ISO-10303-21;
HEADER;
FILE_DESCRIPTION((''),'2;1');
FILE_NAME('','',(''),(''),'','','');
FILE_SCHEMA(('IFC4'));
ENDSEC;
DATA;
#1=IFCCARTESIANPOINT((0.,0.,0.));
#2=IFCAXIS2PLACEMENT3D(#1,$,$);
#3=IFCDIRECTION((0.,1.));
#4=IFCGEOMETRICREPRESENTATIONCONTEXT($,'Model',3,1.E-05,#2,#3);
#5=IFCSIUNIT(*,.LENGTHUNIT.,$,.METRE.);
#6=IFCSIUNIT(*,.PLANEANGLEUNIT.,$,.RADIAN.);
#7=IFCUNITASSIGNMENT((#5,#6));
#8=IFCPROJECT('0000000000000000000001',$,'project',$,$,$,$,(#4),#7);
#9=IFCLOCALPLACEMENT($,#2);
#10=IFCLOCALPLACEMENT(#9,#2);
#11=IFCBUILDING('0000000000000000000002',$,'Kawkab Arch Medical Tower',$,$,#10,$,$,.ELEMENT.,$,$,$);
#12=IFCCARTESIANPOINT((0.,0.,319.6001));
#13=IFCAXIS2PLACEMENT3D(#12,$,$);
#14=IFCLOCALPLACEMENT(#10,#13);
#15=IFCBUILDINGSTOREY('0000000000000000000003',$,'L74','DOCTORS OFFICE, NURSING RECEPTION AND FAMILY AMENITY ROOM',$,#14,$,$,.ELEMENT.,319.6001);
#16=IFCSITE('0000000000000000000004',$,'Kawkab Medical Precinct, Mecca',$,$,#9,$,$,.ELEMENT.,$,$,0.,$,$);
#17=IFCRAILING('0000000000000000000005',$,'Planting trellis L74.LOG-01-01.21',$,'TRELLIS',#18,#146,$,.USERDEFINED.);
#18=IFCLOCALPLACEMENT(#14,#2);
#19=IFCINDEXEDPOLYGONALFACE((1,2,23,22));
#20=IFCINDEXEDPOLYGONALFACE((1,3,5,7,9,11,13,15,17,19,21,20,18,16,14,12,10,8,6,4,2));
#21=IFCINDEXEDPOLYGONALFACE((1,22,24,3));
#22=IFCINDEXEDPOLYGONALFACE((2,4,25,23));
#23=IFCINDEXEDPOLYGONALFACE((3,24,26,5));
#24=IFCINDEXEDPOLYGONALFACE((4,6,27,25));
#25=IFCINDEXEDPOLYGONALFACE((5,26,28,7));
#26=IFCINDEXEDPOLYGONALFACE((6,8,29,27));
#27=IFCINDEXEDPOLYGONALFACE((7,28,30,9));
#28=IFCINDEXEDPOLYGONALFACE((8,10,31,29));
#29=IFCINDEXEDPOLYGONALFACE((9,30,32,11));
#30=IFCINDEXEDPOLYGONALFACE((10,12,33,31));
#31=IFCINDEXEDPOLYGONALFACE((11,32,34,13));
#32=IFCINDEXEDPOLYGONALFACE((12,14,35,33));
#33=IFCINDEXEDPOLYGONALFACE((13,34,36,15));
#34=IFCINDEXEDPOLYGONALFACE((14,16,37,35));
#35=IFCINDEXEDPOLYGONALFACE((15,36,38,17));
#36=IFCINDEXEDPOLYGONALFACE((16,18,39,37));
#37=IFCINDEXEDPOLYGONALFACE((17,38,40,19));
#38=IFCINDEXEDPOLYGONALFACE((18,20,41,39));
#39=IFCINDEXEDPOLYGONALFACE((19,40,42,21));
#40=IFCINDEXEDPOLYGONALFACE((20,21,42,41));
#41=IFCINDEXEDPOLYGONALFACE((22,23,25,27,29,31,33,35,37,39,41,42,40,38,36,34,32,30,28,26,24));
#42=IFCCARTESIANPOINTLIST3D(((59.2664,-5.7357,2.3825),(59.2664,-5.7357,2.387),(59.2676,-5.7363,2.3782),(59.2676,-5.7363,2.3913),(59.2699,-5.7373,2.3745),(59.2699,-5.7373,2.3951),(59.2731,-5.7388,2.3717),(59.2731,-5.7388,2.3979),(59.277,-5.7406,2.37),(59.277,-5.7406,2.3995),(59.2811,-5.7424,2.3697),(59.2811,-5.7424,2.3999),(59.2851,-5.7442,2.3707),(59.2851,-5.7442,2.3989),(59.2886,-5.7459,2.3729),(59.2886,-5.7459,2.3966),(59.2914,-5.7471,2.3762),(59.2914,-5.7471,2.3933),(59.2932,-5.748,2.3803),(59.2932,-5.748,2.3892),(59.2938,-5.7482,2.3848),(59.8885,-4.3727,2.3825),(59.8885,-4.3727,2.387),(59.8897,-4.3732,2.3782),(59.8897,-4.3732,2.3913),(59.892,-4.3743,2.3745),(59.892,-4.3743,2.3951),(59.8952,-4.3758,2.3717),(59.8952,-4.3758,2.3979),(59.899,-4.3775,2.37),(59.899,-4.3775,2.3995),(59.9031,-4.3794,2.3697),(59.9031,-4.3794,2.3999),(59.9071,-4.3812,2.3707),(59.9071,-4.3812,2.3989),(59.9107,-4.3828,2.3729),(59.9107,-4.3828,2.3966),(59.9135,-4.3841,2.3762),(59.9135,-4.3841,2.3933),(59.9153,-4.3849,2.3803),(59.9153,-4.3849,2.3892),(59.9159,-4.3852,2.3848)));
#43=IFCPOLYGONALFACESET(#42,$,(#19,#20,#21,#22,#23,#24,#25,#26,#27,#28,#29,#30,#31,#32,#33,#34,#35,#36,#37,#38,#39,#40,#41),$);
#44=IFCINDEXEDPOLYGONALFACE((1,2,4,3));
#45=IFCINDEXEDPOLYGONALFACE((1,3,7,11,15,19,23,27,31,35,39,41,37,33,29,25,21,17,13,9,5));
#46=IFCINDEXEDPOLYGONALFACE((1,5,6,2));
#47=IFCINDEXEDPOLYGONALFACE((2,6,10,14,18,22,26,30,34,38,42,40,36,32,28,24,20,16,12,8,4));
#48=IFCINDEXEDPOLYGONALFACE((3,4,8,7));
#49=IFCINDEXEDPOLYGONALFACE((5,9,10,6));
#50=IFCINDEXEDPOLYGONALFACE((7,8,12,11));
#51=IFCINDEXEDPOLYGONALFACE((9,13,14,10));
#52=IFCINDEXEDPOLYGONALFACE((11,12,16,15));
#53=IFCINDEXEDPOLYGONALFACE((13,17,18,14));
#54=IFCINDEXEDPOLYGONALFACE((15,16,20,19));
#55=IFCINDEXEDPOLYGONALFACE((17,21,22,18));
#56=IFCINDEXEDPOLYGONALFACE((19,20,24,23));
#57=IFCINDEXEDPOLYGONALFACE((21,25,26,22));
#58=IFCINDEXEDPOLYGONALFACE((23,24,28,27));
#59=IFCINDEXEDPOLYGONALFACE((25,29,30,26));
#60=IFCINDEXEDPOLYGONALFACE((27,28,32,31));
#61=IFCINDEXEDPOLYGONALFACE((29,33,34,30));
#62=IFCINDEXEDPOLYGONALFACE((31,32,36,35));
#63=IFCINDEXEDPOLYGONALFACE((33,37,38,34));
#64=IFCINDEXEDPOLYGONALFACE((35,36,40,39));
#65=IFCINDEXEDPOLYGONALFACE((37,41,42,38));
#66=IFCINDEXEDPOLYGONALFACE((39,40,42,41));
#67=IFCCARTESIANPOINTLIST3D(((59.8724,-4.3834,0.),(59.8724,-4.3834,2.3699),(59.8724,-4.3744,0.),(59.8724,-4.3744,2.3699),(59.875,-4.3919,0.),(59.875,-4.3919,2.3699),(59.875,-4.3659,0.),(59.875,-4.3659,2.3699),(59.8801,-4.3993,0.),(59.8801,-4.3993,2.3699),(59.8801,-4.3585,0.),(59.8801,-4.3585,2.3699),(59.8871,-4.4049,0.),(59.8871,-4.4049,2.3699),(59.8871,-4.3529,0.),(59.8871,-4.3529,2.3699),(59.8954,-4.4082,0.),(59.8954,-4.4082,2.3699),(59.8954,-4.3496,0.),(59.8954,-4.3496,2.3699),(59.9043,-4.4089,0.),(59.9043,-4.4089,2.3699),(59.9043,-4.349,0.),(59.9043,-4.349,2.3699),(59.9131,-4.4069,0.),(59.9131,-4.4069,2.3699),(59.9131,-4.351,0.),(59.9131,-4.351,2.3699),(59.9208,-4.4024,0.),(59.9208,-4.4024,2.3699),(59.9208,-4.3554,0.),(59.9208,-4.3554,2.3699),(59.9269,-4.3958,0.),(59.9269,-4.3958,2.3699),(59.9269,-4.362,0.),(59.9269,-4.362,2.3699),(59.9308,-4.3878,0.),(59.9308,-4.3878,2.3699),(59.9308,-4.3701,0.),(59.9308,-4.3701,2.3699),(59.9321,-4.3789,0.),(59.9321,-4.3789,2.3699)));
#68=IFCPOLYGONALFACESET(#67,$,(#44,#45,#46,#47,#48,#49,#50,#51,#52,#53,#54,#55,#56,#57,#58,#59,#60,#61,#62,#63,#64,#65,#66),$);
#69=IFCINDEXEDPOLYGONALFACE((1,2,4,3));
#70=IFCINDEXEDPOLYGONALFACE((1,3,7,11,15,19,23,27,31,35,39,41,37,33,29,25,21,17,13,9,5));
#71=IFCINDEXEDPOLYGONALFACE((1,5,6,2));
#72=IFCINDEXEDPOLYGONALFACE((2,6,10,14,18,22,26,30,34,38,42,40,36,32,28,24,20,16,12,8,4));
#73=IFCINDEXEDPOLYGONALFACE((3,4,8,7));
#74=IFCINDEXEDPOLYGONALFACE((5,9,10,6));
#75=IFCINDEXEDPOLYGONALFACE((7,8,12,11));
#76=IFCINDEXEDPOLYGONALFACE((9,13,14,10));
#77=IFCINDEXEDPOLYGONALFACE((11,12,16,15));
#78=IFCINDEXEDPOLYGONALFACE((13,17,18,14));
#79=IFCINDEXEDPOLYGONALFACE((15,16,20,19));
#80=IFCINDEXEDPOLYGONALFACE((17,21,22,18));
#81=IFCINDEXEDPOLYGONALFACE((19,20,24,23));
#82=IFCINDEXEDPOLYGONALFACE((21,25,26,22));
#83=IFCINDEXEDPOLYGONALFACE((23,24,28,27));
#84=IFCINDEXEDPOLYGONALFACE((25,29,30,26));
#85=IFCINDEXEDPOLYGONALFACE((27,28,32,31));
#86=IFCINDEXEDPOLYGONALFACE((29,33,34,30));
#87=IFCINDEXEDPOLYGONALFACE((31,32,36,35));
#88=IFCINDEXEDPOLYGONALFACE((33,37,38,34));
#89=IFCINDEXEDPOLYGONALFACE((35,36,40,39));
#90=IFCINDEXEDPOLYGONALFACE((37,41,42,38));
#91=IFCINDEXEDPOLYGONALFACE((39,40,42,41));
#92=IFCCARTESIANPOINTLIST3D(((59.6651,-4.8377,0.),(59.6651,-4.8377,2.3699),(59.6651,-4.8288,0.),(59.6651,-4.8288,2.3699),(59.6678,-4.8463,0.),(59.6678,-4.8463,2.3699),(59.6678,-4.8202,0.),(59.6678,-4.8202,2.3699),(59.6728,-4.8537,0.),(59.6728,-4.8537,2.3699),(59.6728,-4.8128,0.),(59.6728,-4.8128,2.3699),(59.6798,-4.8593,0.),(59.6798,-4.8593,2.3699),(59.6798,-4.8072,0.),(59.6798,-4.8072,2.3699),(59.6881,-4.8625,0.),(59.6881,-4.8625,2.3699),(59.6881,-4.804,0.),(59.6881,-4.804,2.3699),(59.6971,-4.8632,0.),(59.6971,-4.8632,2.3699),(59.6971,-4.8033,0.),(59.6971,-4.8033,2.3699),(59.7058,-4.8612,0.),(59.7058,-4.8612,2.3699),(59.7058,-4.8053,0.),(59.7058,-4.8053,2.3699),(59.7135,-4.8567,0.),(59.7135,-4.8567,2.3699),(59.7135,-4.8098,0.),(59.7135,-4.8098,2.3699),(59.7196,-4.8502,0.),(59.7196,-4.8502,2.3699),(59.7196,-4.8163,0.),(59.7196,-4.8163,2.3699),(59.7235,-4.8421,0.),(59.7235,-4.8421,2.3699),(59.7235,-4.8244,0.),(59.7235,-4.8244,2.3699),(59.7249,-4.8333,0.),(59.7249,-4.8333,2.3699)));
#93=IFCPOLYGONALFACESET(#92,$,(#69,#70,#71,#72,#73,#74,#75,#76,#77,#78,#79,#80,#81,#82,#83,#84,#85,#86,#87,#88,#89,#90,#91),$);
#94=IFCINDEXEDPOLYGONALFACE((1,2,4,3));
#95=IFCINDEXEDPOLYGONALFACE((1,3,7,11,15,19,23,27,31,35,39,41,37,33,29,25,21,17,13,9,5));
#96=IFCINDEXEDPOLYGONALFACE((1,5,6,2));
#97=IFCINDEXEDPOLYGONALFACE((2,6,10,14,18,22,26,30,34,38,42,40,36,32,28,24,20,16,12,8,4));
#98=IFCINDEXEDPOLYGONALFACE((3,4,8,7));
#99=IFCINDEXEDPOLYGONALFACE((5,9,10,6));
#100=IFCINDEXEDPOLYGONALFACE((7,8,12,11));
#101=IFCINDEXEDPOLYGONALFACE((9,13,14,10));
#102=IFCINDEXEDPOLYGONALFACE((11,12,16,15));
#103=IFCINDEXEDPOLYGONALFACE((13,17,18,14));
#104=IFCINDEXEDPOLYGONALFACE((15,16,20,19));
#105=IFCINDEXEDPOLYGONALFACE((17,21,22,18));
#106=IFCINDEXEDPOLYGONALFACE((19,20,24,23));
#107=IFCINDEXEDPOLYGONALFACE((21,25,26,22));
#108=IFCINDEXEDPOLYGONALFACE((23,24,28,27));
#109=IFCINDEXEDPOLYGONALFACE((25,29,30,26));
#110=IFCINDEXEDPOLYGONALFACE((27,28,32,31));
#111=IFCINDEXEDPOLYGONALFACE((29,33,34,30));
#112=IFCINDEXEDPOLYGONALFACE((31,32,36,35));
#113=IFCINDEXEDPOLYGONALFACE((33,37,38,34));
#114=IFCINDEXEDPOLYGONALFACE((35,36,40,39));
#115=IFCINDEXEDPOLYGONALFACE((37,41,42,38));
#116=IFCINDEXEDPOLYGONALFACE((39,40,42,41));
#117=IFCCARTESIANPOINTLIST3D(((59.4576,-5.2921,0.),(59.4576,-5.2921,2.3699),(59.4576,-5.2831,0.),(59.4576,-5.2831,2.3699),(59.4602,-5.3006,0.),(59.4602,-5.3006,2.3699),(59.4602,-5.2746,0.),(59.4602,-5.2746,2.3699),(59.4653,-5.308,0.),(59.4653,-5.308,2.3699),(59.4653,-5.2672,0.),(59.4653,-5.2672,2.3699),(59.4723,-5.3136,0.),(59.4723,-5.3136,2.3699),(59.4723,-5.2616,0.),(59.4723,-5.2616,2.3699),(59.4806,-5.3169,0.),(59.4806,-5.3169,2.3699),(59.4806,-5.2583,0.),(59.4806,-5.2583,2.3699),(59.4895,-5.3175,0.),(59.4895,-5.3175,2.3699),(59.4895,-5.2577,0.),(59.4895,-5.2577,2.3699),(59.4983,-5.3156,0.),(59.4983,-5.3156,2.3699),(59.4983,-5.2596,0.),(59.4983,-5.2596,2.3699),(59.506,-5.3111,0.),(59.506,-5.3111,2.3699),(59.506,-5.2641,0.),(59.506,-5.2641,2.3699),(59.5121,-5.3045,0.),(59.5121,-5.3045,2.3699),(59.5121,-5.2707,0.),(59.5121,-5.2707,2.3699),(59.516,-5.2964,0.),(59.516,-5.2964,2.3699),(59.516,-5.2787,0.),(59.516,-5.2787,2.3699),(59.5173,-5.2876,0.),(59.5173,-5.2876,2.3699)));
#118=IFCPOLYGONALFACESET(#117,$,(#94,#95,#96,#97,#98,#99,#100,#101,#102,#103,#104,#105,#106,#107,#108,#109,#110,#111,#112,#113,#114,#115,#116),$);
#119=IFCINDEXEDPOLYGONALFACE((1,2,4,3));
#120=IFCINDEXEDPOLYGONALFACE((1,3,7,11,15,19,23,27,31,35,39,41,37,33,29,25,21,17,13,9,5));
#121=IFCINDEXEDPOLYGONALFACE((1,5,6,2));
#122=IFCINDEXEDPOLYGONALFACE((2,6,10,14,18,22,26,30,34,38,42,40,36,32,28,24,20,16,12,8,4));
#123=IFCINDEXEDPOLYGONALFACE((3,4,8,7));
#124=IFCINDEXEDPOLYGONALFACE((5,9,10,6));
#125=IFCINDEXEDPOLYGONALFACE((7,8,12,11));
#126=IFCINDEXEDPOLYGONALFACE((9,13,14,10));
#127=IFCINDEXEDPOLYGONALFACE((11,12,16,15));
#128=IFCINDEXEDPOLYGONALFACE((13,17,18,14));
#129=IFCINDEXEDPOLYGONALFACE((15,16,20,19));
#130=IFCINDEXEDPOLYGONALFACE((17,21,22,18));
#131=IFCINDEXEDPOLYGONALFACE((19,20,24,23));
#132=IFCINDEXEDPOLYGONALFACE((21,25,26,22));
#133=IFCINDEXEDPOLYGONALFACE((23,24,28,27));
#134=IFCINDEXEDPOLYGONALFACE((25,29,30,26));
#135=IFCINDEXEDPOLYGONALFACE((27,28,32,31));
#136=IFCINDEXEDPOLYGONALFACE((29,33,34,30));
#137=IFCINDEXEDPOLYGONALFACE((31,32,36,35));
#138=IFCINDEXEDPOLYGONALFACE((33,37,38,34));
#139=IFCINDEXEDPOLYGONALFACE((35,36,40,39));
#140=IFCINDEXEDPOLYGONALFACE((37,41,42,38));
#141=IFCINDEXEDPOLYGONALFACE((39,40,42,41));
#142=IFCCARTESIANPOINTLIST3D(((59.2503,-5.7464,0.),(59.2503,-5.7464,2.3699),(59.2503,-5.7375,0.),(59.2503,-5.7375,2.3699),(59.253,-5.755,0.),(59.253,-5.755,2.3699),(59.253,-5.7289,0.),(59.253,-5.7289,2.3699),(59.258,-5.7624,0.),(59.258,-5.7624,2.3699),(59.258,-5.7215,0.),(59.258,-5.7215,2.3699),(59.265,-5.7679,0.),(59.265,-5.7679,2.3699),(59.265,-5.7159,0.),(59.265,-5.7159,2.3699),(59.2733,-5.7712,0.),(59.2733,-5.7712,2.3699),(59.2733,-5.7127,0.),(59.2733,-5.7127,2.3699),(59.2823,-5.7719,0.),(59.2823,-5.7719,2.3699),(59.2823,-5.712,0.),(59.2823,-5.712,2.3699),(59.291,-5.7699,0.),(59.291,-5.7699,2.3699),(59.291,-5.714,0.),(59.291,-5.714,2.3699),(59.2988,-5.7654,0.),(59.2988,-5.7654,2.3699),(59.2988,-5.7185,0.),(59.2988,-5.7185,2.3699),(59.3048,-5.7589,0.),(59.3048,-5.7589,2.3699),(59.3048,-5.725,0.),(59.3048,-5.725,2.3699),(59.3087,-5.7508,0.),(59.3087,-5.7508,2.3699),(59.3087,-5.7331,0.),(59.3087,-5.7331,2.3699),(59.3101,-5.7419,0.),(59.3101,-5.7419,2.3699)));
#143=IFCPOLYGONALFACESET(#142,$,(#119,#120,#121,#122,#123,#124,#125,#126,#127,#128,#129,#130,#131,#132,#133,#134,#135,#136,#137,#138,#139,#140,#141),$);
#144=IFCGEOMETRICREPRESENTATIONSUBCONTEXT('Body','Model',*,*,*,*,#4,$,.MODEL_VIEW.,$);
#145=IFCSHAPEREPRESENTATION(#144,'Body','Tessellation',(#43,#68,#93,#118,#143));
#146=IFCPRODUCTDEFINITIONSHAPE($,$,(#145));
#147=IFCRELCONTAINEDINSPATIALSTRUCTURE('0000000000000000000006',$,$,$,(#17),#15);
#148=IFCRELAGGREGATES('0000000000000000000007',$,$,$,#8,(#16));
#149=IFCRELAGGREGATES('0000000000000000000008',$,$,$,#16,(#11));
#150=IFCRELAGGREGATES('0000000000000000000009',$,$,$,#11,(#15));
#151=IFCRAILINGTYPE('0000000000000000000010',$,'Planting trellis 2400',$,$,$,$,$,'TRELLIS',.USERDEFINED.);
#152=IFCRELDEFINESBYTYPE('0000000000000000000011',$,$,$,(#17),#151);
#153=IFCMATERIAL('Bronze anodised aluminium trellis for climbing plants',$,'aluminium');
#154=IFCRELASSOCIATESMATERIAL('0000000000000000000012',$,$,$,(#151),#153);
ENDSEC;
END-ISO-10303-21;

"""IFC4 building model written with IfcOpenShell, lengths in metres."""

from ifc_helpers import new_model, si_unit, direction, frame, origin, origin_2d, place, context, subcontext, project, spatial, circle, extrude, material, type_object, element, save


model = new_model("IFC4")

# Units and contexts
model_context = context("Model", 3, precision=1e-05, world=origin(), true_north=direction((0.0, 1.0)))
body_context = subcontext(model_context, "Body", "Model", "MODEL_VIEW")
ifc_project = project(units=[si_unit("LENGTHUNIT", "METRE"), si_unit("PLANEANGLEUNIT", "RADIAN")], contexts=[model_context])

# Site, building, storey
site_placement = place(None, origin())
site = spatial("IfcSite", under=ifc_project, at=site_placement, Name="Kawkab Medical Precinct, Mecca", CompositionType="ELEMENT", RefElevation=0.0)
building_placement = place(site_placement, origin())
building = spatial("IfcBuilding", under=site, at=building_placement, Name="Kawkab Arch Medical Tower", CompositionType="ELEMENT")
storey_placement = place(building_placement, frame((0.0, 0.0, 319.6001)))
storey = spatial("IfcBuildingStorey", under=building, at=storey_placement, Name="L74", Description="DOCTORS OFFICE, NURSING RECEPTION AND FAMILY AMENITY ROOM", CompositionType="ELEMENT", Elevation=319.6001)

# Railing
ifc_material_1 = material(Name="Bronze anodised aluminium trellis for climbing plants", Category="aluminium")
railing_type = type_object("IfcRailingType", Name="Planting trellis 2400", ElementType="TRELLIS", PredefinedType="USERDEFINED", material=ifc_material_1)
railing_1_placement = place(storey_placement, frame((59.9021, -4.3789, 0.0)))
element("IfcRailing", 1, at=railing_1_placement, inside=storey, type_object=railing_type, Name="Planting trellis L74.LOG-01-01.21", ObjectType="TRELLIS", PredefinedType="USERDEFINED", context=body_context, shape_type="SweptSolid", body=[
    extrude(circle(Radius=0.0151, at=origin_2d()), frame((0.0, 0.0, 2.3848), z_axis=(-0.41519, -0.909735, 0.0), x_axis=(0.909735, -0.41519, 0.0)), (0.0, 0.0, 1.0), 1.4983),
    extrude(circle(Radius=0.03, at=origin_2d()), origin(), (0.0, 0.0, 1.0), 2.3699),
    extrude(circle(Radius=0.03, at=origin_2d()), frame((-0.2073, -0.4543, 0.0)), (0.0, 0.0, 1.0), 2.3699),
    extrude(circle(Radius=0.03, at=origin_2d()), frame((-0.4148, -0.9087, 0.0)), (0.0, 0.0, 1.0), 2.3699),
    extrude(circle(Radius=0.03, at=origin_2d()), frame((-0.6221, -1.363, 0.0)), (0.0, 0.0, 1.0), 2.3699),
])

save(model, "model.ifc")
